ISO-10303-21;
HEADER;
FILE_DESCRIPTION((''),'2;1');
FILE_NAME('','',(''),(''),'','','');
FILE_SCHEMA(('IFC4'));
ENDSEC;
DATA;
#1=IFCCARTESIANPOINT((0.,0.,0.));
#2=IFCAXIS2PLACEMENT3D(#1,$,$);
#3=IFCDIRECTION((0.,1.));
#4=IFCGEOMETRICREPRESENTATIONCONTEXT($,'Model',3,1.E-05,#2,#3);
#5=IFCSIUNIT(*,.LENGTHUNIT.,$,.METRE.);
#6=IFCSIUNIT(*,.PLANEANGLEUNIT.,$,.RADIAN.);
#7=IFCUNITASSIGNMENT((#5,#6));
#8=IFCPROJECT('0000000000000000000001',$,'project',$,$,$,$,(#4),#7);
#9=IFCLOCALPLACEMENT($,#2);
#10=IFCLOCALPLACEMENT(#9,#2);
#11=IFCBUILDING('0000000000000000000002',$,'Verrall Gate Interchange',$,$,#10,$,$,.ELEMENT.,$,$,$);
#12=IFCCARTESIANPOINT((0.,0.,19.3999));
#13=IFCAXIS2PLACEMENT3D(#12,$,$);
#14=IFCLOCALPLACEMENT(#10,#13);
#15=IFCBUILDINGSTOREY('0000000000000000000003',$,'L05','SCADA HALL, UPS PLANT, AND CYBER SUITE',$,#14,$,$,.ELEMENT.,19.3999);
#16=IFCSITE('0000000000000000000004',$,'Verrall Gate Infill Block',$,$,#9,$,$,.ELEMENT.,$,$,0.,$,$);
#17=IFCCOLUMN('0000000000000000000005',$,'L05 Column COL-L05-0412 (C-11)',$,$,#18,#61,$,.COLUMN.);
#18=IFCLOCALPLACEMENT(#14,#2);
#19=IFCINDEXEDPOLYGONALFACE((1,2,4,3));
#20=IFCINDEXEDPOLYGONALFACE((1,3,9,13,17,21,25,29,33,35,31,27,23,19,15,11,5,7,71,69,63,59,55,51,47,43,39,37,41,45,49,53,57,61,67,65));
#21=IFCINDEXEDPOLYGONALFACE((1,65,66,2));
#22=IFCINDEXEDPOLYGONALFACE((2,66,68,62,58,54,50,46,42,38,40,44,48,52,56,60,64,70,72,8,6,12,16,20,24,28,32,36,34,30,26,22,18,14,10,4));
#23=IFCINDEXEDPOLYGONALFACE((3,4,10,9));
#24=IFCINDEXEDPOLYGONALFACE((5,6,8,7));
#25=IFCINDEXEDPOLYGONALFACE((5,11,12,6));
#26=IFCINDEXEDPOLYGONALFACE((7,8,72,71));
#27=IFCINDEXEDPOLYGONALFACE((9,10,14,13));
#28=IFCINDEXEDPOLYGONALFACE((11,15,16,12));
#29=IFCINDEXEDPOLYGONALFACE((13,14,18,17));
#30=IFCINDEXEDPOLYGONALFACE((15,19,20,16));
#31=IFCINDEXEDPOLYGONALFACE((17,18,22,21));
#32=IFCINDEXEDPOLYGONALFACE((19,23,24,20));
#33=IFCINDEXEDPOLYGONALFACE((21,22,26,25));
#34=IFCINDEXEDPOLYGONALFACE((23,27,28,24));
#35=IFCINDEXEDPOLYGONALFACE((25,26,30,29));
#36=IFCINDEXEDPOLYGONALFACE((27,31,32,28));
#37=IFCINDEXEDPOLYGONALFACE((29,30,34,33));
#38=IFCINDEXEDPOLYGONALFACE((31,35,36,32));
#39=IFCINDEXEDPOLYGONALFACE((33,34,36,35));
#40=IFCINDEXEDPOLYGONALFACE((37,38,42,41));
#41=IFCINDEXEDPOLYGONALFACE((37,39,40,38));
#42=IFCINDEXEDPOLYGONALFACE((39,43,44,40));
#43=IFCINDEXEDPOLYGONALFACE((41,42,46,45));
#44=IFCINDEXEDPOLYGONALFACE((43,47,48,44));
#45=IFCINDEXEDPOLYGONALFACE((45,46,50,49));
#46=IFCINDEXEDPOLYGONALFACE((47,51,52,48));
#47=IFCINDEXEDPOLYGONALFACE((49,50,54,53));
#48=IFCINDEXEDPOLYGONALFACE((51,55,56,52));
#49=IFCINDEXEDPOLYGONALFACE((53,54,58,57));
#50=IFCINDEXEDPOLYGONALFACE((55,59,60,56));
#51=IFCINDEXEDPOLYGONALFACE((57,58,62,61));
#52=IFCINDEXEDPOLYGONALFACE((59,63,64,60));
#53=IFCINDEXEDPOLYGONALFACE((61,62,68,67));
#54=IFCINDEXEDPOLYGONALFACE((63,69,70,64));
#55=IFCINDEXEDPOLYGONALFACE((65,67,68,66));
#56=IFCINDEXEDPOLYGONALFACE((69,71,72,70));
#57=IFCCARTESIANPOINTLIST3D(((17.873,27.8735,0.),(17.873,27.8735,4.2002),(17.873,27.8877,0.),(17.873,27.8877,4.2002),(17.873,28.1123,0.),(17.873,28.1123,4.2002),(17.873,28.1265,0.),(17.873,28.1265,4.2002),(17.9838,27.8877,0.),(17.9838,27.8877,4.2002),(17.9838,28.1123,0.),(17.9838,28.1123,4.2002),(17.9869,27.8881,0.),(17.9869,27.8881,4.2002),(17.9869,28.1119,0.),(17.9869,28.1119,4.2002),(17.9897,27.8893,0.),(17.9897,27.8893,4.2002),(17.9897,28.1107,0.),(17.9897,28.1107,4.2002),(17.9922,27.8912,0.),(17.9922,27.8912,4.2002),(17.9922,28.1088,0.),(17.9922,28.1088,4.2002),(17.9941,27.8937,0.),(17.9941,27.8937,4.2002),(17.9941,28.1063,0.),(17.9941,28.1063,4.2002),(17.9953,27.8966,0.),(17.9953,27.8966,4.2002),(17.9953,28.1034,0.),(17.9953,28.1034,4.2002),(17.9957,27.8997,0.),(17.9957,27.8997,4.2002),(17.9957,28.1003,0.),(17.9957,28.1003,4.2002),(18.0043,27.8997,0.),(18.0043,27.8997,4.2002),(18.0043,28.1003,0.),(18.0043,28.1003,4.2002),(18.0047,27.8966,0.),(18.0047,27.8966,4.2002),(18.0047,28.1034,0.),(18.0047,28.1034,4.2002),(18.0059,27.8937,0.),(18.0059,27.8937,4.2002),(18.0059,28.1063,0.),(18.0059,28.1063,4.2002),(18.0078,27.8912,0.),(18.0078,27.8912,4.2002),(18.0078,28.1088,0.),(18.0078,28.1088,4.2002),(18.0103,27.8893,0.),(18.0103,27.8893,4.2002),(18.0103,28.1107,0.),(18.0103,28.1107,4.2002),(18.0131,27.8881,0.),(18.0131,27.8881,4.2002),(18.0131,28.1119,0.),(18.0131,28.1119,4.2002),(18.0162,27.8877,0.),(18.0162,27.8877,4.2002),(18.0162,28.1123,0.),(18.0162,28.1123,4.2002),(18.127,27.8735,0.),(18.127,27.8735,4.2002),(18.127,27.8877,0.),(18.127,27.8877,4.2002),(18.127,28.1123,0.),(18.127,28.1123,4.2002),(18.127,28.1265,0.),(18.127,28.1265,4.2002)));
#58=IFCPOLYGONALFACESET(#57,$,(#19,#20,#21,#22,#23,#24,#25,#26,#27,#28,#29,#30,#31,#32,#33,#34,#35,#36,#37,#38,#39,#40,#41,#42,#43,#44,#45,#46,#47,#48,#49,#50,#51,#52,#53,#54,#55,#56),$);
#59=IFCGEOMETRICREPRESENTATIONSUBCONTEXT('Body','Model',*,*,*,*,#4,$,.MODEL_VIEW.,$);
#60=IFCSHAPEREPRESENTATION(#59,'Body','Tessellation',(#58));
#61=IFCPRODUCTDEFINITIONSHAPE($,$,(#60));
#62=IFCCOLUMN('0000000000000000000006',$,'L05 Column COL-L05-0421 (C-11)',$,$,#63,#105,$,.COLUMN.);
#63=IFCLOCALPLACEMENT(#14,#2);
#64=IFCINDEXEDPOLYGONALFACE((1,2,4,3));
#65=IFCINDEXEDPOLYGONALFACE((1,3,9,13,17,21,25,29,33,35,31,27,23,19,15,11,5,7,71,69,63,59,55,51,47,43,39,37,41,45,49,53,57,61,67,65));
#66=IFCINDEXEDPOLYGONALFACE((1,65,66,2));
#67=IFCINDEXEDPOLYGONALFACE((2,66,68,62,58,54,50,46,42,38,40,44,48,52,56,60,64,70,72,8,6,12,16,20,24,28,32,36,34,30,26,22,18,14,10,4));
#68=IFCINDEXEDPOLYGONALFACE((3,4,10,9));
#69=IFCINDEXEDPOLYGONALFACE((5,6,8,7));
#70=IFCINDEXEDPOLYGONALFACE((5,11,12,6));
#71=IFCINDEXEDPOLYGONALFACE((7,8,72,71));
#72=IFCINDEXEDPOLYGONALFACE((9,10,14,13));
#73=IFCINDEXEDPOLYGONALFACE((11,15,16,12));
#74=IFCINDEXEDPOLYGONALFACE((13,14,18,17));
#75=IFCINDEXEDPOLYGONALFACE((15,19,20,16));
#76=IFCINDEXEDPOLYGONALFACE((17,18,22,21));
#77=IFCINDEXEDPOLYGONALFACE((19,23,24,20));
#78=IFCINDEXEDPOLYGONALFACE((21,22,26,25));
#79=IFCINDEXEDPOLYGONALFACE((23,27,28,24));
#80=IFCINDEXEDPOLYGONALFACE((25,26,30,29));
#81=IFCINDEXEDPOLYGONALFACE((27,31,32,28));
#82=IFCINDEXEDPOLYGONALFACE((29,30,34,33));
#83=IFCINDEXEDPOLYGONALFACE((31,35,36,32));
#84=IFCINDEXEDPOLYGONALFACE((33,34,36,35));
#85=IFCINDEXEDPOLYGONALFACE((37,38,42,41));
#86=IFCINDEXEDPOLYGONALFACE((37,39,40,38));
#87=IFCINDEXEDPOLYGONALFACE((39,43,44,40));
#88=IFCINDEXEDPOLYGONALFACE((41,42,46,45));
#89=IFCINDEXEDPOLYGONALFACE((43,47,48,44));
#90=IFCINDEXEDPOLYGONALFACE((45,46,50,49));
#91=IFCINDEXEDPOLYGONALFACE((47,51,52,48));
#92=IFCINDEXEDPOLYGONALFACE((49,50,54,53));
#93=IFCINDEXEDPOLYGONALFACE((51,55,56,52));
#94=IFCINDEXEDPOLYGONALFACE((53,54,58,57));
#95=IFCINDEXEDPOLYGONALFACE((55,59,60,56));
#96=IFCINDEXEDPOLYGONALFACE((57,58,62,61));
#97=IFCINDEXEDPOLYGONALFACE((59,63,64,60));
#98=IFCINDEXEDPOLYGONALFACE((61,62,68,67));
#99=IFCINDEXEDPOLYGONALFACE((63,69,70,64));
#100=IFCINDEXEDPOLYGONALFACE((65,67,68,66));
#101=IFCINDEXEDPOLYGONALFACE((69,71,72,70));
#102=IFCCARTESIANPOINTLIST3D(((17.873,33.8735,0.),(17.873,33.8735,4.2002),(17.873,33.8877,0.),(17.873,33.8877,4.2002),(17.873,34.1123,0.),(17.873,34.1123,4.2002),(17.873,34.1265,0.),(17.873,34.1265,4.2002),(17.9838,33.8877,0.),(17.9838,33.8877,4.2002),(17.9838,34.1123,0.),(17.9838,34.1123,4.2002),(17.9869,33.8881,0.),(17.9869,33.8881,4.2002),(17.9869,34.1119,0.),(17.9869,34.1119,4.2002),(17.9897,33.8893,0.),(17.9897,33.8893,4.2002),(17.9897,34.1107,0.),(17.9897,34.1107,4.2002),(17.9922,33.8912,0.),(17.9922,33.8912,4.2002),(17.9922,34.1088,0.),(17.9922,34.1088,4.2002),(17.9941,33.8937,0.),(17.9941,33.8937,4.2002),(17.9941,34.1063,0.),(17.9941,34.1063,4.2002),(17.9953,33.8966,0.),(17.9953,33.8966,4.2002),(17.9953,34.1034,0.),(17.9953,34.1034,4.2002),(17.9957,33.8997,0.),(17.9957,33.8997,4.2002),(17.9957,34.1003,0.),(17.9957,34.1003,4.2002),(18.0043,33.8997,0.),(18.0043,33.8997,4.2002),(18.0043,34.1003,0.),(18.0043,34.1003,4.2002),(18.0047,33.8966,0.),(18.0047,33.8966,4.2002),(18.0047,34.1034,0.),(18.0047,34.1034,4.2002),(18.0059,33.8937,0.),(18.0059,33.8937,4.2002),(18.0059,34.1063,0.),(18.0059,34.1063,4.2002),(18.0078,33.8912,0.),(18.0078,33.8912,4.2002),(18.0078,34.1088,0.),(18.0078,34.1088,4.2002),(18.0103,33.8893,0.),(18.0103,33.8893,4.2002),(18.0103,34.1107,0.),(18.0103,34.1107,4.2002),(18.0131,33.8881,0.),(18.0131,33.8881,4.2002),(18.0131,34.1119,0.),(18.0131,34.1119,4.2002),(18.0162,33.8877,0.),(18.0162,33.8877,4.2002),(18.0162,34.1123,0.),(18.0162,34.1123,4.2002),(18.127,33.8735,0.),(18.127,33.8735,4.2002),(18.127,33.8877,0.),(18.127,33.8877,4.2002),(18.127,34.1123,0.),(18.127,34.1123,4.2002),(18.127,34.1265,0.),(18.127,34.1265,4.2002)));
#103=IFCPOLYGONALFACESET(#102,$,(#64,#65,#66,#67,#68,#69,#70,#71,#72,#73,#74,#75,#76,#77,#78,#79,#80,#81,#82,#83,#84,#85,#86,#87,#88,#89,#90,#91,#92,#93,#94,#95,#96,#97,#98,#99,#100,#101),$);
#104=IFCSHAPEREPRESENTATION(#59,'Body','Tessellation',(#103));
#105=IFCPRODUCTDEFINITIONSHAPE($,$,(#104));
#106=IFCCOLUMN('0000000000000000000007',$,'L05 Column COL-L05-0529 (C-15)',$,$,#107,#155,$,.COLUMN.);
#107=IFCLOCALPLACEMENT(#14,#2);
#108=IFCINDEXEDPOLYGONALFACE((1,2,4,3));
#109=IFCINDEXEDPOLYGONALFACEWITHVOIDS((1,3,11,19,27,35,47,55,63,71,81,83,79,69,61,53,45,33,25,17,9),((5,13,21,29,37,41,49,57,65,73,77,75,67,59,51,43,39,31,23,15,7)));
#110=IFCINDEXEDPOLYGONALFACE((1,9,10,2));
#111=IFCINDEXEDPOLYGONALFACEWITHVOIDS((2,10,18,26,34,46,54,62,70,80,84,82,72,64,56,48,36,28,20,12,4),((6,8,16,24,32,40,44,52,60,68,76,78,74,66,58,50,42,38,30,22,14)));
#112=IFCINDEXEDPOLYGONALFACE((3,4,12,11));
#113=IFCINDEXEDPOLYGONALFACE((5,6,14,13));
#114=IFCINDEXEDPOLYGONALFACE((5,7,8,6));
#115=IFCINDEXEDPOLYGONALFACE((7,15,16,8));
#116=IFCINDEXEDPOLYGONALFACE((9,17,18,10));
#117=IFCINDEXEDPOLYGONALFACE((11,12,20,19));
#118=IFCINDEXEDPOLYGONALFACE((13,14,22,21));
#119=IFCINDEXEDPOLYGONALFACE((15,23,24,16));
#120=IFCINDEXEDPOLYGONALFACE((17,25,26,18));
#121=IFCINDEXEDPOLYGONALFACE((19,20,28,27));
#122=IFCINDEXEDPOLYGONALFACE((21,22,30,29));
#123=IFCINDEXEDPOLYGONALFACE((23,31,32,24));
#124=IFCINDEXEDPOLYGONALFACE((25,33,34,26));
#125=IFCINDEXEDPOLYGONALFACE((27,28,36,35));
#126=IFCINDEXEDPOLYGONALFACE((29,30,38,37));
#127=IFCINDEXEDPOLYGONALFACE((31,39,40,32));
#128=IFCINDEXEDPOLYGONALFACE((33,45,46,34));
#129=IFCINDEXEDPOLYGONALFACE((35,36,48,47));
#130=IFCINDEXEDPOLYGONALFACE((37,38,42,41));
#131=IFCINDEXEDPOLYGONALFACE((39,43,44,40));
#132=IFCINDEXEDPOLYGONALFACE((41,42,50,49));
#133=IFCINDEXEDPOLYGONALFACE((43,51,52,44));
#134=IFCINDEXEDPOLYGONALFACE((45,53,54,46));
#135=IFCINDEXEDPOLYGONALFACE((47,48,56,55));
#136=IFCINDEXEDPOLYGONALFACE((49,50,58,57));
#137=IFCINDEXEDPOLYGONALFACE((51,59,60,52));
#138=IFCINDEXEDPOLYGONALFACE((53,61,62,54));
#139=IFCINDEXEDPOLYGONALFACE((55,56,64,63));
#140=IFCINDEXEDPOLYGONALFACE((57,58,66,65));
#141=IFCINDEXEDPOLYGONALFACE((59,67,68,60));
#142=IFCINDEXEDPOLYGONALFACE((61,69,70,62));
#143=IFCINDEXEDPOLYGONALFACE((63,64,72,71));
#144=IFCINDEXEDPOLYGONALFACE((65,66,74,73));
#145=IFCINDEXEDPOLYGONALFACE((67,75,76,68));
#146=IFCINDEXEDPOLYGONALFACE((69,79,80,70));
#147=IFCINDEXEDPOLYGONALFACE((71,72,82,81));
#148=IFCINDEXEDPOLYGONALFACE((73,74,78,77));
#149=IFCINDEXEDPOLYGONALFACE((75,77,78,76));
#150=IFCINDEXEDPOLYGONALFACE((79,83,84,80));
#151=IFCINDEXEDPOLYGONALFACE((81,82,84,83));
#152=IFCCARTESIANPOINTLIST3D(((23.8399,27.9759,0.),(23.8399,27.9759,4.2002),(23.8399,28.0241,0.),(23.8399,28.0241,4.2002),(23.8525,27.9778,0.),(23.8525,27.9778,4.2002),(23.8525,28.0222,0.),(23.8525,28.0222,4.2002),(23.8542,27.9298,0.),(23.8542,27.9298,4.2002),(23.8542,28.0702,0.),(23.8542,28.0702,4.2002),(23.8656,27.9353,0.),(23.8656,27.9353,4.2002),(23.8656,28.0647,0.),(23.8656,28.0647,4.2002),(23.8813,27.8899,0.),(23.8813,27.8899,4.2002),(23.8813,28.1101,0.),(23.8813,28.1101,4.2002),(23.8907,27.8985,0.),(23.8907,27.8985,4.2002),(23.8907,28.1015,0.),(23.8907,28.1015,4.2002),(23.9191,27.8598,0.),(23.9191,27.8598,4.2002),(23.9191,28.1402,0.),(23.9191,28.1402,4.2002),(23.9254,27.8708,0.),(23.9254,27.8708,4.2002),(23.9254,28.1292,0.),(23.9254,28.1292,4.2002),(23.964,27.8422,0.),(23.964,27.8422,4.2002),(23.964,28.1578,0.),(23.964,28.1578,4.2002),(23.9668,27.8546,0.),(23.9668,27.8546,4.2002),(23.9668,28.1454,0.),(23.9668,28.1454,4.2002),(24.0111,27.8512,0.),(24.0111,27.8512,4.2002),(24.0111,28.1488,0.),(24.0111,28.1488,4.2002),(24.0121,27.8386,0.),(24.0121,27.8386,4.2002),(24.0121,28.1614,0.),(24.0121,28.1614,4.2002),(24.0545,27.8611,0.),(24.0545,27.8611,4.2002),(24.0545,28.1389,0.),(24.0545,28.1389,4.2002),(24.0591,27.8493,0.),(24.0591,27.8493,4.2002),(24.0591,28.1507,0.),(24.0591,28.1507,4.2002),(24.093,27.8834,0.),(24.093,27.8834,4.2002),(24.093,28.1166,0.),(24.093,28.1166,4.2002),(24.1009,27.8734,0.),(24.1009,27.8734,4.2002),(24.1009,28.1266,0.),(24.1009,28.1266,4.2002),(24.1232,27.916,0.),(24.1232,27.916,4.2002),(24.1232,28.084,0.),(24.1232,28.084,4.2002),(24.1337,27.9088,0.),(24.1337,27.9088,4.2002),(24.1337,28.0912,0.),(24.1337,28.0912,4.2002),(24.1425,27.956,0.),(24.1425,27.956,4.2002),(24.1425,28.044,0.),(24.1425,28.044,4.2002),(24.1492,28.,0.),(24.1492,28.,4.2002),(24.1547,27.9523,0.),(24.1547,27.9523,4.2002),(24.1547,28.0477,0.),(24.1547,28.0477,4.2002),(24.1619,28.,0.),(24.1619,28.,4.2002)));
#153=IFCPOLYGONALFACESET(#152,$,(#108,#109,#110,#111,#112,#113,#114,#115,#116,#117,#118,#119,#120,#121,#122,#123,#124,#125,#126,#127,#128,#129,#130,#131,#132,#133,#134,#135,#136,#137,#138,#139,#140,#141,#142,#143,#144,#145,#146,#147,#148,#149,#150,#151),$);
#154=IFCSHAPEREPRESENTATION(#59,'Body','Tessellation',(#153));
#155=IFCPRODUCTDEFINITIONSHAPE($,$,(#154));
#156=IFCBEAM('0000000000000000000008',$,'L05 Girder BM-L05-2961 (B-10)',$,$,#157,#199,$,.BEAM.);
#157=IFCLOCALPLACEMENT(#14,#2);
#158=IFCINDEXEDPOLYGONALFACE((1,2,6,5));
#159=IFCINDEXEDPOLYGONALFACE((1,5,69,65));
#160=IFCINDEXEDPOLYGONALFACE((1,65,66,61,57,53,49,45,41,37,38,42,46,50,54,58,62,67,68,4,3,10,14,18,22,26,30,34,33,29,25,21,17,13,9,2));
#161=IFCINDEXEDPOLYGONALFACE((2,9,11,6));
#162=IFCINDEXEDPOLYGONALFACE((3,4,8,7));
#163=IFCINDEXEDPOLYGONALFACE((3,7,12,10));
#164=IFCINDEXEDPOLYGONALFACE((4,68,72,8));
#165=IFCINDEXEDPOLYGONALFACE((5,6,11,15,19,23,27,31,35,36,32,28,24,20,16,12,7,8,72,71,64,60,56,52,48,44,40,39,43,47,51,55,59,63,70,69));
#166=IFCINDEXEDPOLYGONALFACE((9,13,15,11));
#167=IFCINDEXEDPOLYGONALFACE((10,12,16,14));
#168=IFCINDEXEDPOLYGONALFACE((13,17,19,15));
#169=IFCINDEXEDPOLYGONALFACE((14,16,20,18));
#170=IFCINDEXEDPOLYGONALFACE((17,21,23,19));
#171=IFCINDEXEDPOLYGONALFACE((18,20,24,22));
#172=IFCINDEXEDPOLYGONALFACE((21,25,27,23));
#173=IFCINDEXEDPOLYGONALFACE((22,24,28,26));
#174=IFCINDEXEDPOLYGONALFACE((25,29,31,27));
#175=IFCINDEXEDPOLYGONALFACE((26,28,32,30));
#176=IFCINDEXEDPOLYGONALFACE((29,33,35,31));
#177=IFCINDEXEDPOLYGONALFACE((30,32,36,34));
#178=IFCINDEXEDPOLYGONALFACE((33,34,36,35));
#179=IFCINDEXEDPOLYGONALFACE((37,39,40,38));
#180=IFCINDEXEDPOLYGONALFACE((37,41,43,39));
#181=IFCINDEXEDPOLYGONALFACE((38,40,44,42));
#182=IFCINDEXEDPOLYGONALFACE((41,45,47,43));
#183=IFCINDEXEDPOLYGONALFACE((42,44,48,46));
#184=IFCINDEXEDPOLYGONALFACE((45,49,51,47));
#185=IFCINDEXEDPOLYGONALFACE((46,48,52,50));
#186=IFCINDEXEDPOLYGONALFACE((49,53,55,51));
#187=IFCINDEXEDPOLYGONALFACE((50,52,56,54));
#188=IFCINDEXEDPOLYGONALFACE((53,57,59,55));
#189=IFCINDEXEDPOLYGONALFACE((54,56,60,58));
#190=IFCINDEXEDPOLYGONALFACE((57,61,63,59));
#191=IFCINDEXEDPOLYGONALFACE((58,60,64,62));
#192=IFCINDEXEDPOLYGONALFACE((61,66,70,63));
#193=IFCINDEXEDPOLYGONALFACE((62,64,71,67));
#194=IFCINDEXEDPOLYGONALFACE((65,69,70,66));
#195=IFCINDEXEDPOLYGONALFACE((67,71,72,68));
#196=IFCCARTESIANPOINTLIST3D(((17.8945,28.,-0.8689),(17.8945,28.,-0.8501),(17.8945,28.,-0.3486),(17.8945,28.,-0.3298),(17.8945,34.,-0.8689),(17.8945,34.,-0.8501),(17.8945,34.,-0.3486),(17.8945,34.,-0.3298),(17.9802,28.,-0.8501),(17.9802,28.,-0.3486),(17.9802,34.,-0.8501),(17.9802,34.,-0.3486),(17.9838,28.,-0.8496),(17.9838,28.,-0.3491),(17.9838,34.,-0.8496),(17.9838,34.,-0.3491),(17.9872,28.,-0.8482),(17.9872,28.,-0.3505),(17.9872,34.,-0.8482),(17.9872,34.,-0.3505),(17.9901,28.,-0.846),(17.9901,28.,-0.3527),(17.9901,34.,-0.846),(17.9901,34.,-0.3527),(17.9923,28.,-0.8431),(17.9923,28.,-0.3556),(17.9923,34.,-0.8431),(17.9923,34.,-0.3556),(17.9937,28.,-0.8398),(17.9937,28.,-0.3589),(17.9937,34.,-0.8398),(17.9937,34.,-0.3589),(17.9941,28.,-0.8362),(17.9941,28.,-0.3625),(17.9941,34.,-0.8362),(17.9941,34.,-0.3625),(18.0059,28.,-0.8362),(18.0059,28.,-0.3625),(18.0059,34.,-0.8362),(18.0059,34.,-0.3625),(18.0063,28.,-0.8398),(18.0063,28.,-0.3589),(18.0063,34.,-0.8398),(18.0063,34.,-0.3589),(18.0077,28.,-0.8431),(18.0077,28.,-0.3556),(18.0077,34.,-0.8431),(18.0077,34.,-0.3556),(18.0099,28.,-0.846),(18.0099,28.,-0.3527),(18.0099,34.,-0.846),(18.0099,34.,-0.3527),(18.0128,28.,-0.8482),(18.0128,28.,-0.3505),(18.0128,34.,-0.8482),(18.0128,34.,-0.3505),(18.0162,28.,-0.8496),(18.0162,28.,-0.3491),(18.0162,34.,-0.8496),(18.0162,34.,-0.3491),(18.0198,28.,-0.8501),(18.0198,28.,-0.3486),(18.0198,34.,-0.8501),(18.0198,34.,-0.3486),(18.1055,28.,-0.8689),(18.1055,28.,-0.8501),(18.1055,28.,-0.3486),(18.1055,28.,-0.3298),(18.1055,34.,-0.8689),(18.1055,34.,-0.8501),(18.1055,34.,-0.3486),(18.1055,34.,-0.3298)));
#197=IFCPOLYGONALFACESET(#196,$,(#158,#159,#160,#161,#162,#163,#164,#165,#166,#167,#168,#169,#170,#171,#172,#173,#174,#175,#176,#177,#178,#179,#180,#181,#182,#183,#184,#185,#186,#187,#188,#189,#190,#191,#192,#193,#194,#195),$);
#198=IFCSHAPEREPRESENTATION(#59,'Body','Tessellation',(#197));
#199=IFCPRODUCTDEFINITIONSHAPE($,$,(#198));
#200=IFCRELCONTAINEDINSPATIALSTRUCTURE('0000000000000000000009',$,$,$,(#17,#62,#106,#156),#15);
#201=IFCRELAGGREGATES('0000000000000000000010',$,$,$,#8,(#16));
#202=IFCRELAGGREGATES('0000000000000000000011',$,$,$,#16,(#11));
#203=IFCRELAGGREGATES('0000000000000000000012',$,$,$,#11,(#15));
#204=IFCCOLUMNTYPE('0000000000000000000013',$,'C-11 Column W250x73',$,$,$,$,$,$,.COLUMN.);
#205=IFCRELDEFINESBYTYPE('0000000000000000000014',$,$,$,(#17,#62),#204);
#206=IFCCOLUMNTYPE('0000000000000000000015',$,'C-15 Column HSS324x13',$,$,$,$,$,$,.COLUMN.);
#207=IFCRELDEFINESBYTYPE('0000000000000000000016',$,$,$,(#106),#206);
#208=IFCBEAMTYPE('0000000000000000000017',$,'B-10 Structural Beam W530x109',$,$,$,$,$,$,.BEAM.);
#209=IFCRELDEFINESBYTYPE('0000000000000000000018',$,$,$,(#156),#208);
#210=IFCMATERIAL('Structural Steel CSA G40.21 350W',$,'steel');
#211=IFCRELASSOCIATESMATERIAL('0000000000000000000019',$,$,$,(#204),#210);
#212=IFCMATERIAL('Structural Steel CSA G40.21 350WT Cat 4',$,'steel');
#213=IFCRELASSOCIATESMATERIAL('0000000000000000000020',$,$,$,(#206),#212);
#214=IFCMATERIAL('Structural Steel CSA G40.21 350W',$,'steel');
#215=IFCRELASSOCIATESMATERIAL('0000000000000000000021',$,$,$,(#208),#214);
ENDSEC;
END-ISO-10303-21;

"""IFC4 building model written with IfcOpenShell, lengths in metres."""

from ifc_helpers import new_model, si_unit, direction, frame, origin, origin_2d, place, context, subcontext, project, spatial, hollow_circle, i_section, extrude, material, material_profile, profile_set, type_object, element, save


model = new_model("IFC4")

# Units and contexts
model_context = context("Model", 3, precision=1e-05, world=origin(), true_north=direction((0.0, 1.0)))
body_context = subcontext(model_context, "Body", "Model", "MODEL_VIEW")
ifc_project = project(units=[si_unit("LENGTHUNIT", "METRE"), si_unit("PLANEANGLEUNIT", "RADIAN")], contexts=[model_context])

# Site, building, storey
site_placement = place(None, origin())
site = spatial("IfcSite", under=ifc_project, at=site_placement, Name="Verrall Gate Infill Block", CompositionType="ELEMENT", RefElevation=0.0)
building_placement = place(site_placement, origin())
building = spatial("IfcBuilding", under=site, at=building_placement, Name="Verrall Gate Interchange", CompositionType="ELEMENT")
storey_placement = place(building_placement, frame((0.0, 0.0, 19.3999)))
storey = spatial("IfcBuildingStorey", under=building, at=storey_placement, Name="L05", Description="SCADA HALL, UPS PLANT, AND CYBER SUITE", CompositionType="ELEMENT", Elevation=19.3999)

# Columns
ifc_material_1 = material(Name="Structural Steel CSA G40.21 350W", Category="steel")
ifc_material_profile_1 = material_profile(ifc_material_1, i_section(OverallWidth=0.2539, OverallDepth=0.2529, WebThickness=0.0085, FlangeThickness=0.0142, FilletRadius=0.012, at=origin_2d()), Name="W250x73")
ifc_profile_set_1 = profile_set([ifc_material_profile_1], Name="Structural Steel CSA G40.21 350W")
column_type_1 = type_object("IfcColumnType", Name="C-11 Column W250x73", PredefinedType="COLUMN", material=ifc_profile_set_1)
for number, where, z_axis, x_axis, name in (
    (1, (18.0, 28.0, 0.0), (0.0, 0.0, 1.0), (1.0, 0.0, 0.0), "L05 Column COL-L05-0412 (C-11)"),
    (2, (18.0, 34.0, 0.0), (0.0, 0.0, 1.0), (1.0, 0.0, 0.0), "L05 Column COL-L05-0421 (C-11)"),
):
    element("IfcColumn", number, at=place(storey_placement, frame(where, z_axis=z_axis, x_axis=x_axis)), inside=storey, type_object=column_type_1, Name=name, PredefinedType="COLUMN", context=body_context, shape_type="SweptSolid", body=[
        extrude(i_section(OverallWidth=0.2539, OverallDepth=0.2529, WebThickness=0.0085, FlangeThickness=0.0142, FilletRadius=0.012, at=origin_2d()), origin(), (0.0, 0.0, 1.0), 4.2002),
    ])
ifc_material_2 = material(Name="Structural Steel CSA G40.21 350WT Cat 4", Category="steel")
ifc_material_profile_2 = material_profile(ifc_material_2, hollow_circle(Radius=0.1619, WallThickness=0.0127, at=origin_2d()), Name="HSS324x13")
ifc_profile_set_2 = profile_set([ifc_material_profile_2], Name="Structural Steel CSA G40.21 350WT Cat 4")
column_type_2 = type_object("IfcColumnType", Name="C-15 Column HSS324x13", PredefinedType="COLUMN", material=ifc_profile_set_2)
column_placement = place(storey_placement, frame((24.0, 28.0, 0.0), z_axis=(0.0, 0.0, 1.0), x_axis=(1.0, 0.0, 0.0)))
element("IfcColumn", 3, at=column_placement, inside=storey, type_object=column_type_2, Name="L05 Column COL-L05-0529 (C-15)", PredefinedType="COLUMN", context=body_context, shape_type="SweptSolid", body=[
    extrude(hollow_circle(Radius=0.1619, WallThickness=0.0127, at=origin_2d()), origin(), (0.0, 0.0, 1.0), 4.2002),
])

# Beam
ifc_material_3 = material(Name="Structural Steel CSA G40.21 350W", Category="steel")
ifc_material_profile_3 = material_profile(ifc_material_3, i_section(OverallWidth=0.2109, OverallDepth=0.5391, WebThickness=0.0117, FlangeThickness=0.0188, FilletRadius=0.0139, at=origin_2d()), Name="W530x109")
ifc_profile_set_3 = profile_set([ifc_material_profile_3], Name="Structural Steel CSA G40.21 350W")
beam_type_1 = type_object("IfcBeamType", Name="B-10 Structural Beam W530x109", PredefinedType="BEAM", material=ifc_profile_set_3)
beam_1_placement = place(storey_placement, frame((18.0, 28.0, -0.5994), z_axis=(0.0, 1.0, 0.0), x_axis=(-1.0, 0.0, 0.0)))
element("IfcBeam", 4, at=beam_1_placement, inside=storey, type_object=beam_type_1, Name="L05 Girder BM-L05-2961 (B-10)", PredefinedType="BEAM", context=body_context, shape_type="SweptSolid", body=[
    extrude(i_section(OverallWidth=0.2109, OverallDepth=0.5391, WebThickness=0.0117, FlangeThickness=0.0188, FilletRadius=0.0139, at=origin_2d()), origin(), (0.0, 0.0, 1.0), 6.0),
])

save(model, "model.ifc")
